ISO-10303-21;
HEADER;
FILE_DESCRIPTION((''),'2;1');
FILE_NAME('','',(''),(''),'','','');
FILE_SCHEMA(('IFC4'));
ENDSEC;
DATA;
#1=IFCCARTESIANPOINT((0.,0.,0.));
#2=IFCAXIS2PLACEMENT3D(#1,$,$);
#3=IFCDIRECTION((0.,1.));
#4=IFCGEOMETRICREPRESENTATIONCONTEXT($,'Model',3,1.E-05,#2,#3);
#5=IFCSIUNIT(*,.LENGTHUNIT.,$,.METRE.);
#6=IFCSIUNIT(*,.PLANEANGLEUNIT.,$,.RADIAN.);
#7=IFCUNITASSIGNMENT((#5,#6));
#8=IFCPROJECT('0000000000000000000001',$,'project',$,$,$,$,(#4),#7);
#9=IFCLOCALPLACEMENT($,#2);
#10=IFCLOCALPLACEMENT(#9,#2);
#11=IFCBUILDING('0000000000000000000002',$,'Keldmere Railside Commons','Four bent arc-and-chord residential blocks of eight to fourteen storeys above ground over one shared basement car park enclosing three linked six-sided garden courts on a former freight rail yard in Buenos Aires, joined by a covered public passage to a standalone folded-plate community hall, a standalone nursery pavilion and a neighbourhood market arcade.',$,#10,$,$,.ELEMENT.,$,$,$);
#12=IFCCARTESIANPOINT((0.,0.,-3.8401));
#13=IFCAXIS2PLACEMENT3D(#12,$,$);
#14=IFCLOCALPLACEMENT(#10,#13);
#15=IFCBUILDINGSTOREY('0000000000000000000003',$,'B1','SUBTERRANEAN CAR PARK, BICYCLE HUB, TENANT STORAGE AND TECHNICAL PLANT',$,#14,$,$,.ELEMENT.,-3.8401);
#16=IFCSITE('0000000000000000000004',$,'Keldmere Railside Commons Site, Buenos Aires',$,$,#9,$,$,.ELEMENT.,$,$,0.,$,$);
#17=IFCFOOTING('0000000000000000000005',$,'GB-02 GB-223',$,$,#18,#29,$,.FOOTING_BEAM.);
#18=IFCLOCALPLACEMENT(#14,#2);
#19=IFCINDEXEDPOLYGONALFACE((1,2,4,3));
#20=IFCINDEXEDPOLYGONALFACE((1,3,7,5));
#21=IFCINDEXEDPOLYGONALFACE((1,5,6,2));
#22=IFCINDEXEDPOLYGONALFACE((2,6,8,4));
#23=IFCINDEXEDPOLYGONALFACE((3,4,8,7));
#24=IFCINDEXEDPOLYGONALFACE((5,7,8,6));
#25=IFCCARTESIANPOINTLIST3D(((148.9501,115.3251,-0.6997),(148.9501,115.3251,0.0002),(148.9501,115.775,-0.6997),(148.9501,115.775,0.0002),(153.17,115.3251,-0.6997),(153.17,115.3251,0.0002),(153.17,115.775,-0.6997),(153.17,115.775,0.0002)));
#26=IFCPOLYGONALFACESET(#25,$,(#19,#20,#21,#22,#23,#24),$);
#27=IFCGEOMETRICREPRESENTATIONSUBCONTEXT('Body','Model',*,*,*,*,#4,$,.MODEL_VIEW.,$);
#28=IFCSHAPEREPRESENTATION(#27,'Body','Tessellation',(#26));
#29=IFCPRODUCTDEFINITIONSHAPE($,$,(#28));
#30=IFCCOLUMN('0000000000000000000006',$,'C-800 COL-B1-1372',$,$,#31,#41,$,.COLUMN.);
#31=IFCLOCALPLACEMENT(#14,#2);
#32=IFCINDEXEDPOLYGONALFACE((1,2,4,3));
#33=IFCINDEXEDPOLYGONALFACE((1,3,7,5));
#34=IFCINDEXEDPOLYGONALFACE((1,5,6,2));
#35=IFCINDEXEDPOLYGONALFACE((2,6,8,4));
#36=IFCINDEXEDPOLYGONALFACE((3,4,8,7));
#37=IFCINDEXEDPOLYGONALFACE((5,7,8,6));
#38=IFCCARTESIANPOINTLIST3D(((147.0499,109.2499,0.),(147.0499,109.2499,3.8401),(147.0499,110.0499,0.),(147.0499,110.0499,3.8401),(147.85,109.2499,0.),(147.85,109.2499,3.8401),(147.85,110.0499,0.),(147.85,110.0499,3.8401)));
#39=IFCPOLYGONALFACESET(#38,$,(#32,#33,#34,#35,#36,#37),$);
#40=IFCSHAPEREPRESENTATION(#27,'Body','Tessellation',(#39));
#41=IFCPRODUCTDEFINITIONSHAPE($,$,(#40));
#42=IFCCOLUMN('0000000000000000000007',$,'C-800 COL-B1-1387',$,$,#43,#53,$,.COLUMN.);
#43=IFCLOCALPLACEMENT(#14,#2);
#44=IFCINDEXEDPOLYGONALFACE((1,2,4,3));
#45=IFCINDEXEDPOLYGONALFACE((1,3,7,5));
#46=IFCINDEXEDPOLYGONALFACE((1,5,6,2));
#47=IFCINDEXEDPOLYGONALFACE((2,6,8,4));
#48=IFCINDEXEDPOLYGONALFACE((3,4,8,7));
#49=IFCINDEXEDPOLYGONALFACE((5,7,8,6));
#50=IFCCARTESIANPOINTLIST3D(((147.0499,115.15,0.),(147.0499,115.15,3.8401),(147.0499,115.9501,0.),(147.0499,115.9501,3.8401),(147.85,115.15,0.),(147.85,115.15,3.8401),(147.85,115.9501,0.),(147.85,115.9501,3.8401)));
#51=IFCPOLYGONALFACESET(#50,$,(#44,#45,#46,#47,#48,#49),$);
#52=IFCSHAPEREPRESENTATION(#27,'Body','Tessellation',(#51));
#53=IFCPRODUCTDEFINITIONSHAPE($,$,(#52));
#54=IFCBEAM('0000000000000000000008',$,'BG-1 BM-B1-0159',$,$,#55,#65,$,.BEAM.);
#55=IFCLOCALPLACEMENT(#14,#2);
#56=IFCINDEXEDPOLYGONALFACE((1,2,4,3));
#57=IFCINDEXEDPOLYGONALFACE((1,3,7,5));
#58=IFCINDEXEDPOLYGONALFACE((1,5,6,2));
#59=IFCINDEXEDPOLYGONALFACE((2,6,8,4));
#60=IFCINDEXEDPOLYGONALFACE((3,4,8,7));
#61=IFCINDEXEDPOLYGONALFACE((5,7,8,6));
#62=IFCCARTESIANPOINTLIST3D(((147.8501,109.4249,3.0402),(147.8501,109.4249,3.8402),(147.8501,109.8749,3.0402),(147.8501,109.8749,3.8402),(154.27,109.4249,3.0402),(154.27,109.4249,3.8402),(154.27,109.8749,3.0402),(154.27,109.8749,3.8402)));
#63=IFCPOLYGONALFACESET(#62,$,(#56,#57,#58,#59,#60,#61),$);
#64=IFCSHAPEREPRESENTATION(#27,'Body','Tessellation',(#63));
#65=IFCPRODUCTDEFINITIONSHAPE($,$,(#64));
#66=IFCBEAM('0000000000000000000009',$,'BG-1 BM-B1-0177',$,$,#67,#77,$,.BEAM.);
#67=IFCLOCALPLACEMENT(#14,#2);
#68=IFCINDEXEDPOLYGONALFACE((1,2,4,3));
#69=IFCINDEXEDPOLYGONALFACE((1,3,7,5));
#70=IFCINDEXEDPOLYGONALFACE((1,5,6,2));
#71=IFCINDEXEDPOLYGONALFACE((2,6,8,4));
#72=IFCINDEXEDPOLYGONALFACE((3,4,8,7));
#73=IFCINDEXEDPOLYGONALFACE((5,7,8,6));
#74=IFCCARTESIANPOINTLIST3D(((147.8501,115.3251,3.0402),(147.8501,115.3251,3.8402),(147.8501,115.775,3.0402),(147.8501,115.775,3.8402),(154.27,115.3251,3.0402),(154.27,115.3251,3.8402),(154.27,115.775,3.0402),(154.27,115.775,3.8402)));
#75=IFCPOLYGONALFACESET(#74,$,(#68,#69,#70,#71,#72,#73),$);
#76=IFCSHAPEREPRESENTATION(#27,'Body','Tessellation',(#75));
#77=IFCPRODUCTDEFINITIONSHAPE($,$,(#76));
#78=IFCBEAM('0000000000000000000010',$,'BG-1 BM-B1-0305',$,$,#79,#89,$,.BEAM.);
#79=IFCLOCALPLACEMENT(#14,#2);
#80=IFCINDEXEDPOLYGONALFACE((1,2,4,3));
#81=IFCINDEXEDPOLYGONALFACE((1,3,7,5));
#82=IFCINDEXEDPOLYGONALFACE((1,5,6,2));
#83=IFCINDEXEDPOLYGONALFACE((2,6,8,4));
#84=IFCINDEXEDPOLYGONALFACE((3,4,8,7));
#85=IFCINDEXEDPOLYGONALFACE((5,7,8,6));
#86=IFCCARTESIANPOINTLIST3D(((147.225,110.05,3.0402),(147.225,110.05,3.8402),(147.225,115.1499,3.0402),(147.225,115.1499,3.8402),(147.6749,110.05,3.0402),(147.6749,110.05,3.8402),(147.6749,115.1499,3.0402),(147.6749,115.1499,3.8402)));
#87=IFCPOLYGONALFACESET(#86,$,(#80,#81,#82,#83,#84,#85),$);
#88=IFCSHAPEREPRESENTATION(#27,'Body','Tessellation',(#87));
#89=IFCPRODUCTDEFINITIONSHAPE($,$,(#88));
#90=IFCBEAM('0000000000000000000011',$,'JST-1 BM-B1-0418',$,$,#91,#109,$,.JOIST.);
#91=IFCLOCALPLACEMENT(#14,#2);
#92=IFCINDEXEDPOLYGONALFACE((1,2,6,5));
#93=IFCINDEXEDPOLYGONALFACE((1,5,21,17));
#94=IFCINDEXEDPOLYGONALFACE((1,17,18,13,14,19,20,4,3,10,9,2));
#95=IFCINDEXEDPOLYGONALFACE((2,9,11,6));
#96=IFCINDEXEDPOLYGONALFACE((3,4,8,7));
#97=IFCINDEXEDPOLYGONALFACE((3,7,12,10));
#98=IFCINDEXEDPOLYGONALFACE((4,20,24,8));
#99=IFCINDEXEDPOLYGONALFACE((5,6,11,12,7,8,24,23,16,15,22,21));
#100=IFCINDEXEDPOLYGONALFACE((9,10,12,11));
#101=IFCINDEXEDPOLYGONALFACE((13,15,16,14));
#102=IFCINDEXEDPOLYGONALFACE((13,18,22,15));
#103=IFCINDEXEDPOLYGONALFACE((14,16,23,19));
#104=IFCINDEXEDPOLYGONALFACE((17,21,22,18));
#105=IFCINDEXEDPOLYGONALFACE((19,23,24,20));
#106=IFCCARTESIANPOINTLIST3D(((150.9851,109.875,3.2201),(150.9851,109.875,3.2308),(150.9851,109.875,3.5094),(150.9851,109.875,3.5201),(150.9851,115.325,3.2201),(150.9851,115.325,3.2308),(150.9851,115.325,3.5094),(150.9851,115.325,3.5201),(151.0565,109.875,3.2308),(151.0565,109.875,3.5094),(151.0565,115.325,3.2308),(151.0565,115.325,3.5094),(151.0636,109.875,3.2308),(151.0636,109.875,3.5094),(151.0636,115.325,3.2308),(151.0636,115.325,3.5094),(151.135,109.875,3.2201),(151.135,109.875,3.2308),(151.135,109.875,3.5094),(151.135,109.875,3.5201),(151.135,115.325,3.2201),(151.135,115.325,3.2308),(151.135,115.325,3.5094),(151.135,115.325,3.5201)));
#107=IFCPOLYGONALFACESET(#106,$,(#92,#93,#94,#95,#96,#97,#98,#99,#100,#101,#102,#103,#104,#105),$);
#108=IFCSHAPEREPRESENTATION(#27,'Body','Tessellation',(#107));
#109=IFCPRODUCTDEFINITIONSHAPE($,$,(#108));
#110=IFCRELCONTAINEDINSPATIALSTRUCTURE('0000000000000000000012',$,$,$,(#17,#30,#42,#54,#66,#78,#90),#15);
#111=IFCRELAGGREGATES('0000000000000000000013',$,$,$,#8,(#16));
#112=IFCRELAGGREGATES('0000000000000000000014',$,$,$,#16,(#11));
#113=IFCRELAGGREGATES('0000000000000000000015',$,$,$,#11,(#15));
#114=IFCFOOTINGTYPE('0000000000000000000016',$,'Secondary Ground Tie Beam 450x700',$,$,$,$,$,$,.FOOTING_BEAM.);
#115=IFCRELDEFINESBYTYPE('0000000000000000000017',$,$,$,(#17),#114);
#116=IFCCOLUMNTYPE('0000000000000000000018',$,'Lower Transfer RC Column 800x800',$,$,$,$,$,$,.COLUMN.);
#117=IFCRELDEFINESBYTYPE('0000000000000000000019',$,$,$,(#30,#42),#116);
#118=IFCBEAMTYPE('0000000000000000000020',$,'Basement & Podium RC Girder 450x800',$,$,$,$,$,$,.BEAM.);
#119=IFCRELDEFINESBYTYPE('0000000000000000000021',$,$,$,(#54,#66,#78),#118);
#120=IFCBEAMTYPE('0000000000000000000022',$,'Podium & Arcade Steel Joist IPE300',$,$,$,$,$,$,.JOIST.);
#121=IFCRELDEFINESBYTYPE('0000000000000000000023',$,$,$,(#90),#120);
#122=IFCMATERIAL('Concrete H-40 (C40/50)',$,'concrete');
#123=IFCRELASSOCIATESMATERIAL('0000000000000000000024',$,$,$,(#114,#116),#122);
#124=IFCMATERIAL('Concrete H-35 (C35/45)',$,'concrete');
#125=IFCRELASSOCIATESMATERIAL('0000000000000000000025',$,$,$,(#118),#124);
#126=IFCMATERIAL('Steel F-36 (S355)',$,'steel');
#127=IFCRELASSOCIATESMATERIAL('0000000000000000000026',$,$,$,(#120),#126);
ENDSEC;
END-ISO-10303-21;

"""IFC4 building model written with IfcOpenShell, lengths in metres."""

from ifc_helpers import new_model, si_unit, direction, frame, origin, origin_2d, place, context, subcontext, project, spatial, rectangle, i_section, extrude, material, material_profile, profile_set, type_object, element, save


model = new_model("IFC4")

# Units and contexts
model_context = context("Model", 3, precision=1e-05, world=origin(), true_north=direction((0.0, 1.0)))
body_context = subcontext(model_context, "Body", "Model", "MODEL_VIEW")
ifc_project = project(units=[si_unit("LENGTHUNIT", "METRE"), si_unit("PLANEANGLEUNIT", "RADIAN")], contexts=[model_context])

# Site, building, storey
site_placement = place(None, origin())
site = spatial("IfcSite", under=ifc_project, at=site_placement, Name="Keldmere Railside Commons Site, Buenos Aires", CompositionType="ELEMENT", RefElevation=0.0)
building_placement = place(site_placement, origin())
building = spatial("IfcBuilding", under=site, at=building_placement, Name="Keldmere Railside Commons", Description="Four bent arc-and-chord residential blocks of eight to fourteen storeys above ground over one shared basement car park enclosing three linked six-sided garden courts on a former freight rail yard in Buenos Aires, joined by a covered public passage to a standalone folded-plate community hall, a standalone nursery pavilion and a neighbourhood market arcade.", CompositionType="ELEMENT")
storey_placement = place(building_placement, frame((0.0, 0.0, -3.8401)))
storey = spatial("IfcBuildingStorey", under=building, at=storey_placement, Name="B1", Description="SUBTERRANEAN CAR PARK, BICYCLE HUB, TENANT STORAGE AND TECHNICAL PLANT", CompositionType="ELEMENT", Elevation=-3.8401)

# Footing
ifc_material_1 = material(Name="Concrete H-40 (C40/50)", Category="concrete")
footing_type_1 = type_object("IfcFootingType", Name="Secondary Ground Tie Beam 450x700", PredefinedType="FOOTING_BEAM", material=ifc_material_1)
footing_1_placement = place(storey_placement, frame((151.0601, 115.55, -0.6997), z_axis=(0.0, 0.0, 1.0), x_axis=(1.0, 0.0, 0.0)))
element("IfcFooting", 1, at=footing_1_placement, inside=storey, type_object=footing_type_1, Name="GB-02 GB-223", PredefinedType="FOOTING_BEAM", context=body_context, shape_type="SweptSolid", body=[
    extrude(rectangle(XDim=4.22, YDim=0.45, at=origin_2d()), origin(), (0.0, 0.0, 1.0), 0.7),
])

# Columns
ifc_material_profile_1 = material_profile(ifc_material_1, rectangle(XDim=0.8, YDim=0.8, at=origin_2d()), Name="RC-800x800")
ifc_profile_set_1 = profile_set([ifc_material_profile_1], Name="Concrete H-40 (C40/50)")
column_type = type_object("IfcColumnType", Name="Lower Transfer RC Column 800x800", PredefinedType="COLUMN", material=ifc_profile_set_1)
for number, where, z_axis, x_axis, name in (
    (2, (147.45, 109.6499, 0.0), (0.0, 0.0, 1.0), (1.0, 0.0, 0.0), "C-800 COL-B1-1372"),
    (3, (147.45, 115.55, 0.0), (0.0, 0.0, 1.0), (1.0, 0.0, 0.0), "C-800 COL-B1-1387"),
):
    element("IfcColumn", number, at=place(storey_placement, frame(where, z_axis=z_axis, x_axis=x_axis)), inside=storey, type_object=column_type, Name=name, PredefinedType="COLUMN", context=body_context, shape_type="SweptSolid", body=[
        extrude(rectangle(XDim=0.8, YDim=0.8, at=origin_2d()), origin(), (0.0, 0.0, 1.0), 3.8401),
    ])

# Beams
ifc_material_2 = material(Name="Concrete H-35 (C35/45)", Category="concrete")
ifc_material_profile_2 = material_profile(ifc_material_2, rectangle(XDim=0.45, YDim=0.8, at=origin_2d()), Name="RC-450x800")
ifc_profile_set_2 = profile_set([ifc_material_profile_2], Name="Concrete H-35 (C35/45)")
beam_type_1 = type_object("IfcBeamType", Name="Basement & Podium RC Girder 450x800", PredefinedType="BEAM", material=ifc_profile_set_2)
for number, where, z_axis, x_axis, name in (
    (4, (147.8501, 109.6499, 3.4402), (1.0, 0.0, 0.0), (0.0, 1.0, 0.0), "BG-1 BM-B1-0159"),
    (5, (147.8501, 115.55, 3.4402), (1.0, 0.0, 0.0), (0.0, 1.0, 0.0), "BG-1 BM-B1-0177"),
):
    element("IfcBeam", number, at=place(storey_placement, frame(where, z_axis=z_axis, x_axis=x_axis)), inside=storey, type_object=beam_type_1, Name=name, PredefinedType="BEAM", context=body_context, shape_type="SweptSolid", body=[
        extrude(rectangle(XDim=0.45, YDim=0.8, at=origin_2d()), origin(), (0.0, 0.0, 1.0), 6.4199),
    ])
beam_1_placement = place(storey_placement, frame((147.45, 110.05, 3.4402), z_axis=(0.0, 1.0, 0.0), x_axis=(-1.0, 0.0, 0.0)))
element("IfcBeam", 6, at=beam_1_placement, inside=storey, type_object=beam_type_1, Name="BG-1 BM-B1-0305", PredefinedType="BEAM", context=body_context, shape_type="SweptSolid", body=[
    extrude(rectangle(XDim=0.45, YDim=0.8, at=origin_2d()), origin(), (0.0, 0.0, 1.0), 5.0999),
])
ifc_material_3 = material(Name="Steel F-36 (S355)", Category="steel")
ifc_material_profile_3 = material_profile(ifc_material_3, i_section(OverallWidth=0.1499, OverallDepth=0.3, WebThickness=0.0071, FlangeThickness=0.0107, at=origin_2d()), Name="IPE-300")
ifc_profile_set_3 = profile_set([ifc_material_profile_3], Name="Steel F-36 (S355)")
beam_type_2 = type_object("IfcBeamType", Name="Podium & Arcade Steel Joist IPE300", PredefinedType="JOIST", material=ifc_profile_set_3)
beam_2_placement = place(storey_placement, frame((151.0601, 109.875, 3.3701), z_axis=(0.0, 1.0, 0.0), x_axis=(-1.0, 0.0, 0.0)))
element("IfcBeam", 7, at=beam_2_placement, inside=storey, type_object=beam_type_2, Name="JST-1 BM-B1-0418", PredefinedType="JOIST", context=body_context, shape_type="SweptSolid", body=[
    extrude(i_section(OverallWidth=0.1499, OverallDepth=0.3, WebThickness=0.0071, FlangeThickness=0.0107, at=origin_2d()), origin(), (0.0, 0.0, 1.0), 5.45),
])

save(model, "model.ifc")
